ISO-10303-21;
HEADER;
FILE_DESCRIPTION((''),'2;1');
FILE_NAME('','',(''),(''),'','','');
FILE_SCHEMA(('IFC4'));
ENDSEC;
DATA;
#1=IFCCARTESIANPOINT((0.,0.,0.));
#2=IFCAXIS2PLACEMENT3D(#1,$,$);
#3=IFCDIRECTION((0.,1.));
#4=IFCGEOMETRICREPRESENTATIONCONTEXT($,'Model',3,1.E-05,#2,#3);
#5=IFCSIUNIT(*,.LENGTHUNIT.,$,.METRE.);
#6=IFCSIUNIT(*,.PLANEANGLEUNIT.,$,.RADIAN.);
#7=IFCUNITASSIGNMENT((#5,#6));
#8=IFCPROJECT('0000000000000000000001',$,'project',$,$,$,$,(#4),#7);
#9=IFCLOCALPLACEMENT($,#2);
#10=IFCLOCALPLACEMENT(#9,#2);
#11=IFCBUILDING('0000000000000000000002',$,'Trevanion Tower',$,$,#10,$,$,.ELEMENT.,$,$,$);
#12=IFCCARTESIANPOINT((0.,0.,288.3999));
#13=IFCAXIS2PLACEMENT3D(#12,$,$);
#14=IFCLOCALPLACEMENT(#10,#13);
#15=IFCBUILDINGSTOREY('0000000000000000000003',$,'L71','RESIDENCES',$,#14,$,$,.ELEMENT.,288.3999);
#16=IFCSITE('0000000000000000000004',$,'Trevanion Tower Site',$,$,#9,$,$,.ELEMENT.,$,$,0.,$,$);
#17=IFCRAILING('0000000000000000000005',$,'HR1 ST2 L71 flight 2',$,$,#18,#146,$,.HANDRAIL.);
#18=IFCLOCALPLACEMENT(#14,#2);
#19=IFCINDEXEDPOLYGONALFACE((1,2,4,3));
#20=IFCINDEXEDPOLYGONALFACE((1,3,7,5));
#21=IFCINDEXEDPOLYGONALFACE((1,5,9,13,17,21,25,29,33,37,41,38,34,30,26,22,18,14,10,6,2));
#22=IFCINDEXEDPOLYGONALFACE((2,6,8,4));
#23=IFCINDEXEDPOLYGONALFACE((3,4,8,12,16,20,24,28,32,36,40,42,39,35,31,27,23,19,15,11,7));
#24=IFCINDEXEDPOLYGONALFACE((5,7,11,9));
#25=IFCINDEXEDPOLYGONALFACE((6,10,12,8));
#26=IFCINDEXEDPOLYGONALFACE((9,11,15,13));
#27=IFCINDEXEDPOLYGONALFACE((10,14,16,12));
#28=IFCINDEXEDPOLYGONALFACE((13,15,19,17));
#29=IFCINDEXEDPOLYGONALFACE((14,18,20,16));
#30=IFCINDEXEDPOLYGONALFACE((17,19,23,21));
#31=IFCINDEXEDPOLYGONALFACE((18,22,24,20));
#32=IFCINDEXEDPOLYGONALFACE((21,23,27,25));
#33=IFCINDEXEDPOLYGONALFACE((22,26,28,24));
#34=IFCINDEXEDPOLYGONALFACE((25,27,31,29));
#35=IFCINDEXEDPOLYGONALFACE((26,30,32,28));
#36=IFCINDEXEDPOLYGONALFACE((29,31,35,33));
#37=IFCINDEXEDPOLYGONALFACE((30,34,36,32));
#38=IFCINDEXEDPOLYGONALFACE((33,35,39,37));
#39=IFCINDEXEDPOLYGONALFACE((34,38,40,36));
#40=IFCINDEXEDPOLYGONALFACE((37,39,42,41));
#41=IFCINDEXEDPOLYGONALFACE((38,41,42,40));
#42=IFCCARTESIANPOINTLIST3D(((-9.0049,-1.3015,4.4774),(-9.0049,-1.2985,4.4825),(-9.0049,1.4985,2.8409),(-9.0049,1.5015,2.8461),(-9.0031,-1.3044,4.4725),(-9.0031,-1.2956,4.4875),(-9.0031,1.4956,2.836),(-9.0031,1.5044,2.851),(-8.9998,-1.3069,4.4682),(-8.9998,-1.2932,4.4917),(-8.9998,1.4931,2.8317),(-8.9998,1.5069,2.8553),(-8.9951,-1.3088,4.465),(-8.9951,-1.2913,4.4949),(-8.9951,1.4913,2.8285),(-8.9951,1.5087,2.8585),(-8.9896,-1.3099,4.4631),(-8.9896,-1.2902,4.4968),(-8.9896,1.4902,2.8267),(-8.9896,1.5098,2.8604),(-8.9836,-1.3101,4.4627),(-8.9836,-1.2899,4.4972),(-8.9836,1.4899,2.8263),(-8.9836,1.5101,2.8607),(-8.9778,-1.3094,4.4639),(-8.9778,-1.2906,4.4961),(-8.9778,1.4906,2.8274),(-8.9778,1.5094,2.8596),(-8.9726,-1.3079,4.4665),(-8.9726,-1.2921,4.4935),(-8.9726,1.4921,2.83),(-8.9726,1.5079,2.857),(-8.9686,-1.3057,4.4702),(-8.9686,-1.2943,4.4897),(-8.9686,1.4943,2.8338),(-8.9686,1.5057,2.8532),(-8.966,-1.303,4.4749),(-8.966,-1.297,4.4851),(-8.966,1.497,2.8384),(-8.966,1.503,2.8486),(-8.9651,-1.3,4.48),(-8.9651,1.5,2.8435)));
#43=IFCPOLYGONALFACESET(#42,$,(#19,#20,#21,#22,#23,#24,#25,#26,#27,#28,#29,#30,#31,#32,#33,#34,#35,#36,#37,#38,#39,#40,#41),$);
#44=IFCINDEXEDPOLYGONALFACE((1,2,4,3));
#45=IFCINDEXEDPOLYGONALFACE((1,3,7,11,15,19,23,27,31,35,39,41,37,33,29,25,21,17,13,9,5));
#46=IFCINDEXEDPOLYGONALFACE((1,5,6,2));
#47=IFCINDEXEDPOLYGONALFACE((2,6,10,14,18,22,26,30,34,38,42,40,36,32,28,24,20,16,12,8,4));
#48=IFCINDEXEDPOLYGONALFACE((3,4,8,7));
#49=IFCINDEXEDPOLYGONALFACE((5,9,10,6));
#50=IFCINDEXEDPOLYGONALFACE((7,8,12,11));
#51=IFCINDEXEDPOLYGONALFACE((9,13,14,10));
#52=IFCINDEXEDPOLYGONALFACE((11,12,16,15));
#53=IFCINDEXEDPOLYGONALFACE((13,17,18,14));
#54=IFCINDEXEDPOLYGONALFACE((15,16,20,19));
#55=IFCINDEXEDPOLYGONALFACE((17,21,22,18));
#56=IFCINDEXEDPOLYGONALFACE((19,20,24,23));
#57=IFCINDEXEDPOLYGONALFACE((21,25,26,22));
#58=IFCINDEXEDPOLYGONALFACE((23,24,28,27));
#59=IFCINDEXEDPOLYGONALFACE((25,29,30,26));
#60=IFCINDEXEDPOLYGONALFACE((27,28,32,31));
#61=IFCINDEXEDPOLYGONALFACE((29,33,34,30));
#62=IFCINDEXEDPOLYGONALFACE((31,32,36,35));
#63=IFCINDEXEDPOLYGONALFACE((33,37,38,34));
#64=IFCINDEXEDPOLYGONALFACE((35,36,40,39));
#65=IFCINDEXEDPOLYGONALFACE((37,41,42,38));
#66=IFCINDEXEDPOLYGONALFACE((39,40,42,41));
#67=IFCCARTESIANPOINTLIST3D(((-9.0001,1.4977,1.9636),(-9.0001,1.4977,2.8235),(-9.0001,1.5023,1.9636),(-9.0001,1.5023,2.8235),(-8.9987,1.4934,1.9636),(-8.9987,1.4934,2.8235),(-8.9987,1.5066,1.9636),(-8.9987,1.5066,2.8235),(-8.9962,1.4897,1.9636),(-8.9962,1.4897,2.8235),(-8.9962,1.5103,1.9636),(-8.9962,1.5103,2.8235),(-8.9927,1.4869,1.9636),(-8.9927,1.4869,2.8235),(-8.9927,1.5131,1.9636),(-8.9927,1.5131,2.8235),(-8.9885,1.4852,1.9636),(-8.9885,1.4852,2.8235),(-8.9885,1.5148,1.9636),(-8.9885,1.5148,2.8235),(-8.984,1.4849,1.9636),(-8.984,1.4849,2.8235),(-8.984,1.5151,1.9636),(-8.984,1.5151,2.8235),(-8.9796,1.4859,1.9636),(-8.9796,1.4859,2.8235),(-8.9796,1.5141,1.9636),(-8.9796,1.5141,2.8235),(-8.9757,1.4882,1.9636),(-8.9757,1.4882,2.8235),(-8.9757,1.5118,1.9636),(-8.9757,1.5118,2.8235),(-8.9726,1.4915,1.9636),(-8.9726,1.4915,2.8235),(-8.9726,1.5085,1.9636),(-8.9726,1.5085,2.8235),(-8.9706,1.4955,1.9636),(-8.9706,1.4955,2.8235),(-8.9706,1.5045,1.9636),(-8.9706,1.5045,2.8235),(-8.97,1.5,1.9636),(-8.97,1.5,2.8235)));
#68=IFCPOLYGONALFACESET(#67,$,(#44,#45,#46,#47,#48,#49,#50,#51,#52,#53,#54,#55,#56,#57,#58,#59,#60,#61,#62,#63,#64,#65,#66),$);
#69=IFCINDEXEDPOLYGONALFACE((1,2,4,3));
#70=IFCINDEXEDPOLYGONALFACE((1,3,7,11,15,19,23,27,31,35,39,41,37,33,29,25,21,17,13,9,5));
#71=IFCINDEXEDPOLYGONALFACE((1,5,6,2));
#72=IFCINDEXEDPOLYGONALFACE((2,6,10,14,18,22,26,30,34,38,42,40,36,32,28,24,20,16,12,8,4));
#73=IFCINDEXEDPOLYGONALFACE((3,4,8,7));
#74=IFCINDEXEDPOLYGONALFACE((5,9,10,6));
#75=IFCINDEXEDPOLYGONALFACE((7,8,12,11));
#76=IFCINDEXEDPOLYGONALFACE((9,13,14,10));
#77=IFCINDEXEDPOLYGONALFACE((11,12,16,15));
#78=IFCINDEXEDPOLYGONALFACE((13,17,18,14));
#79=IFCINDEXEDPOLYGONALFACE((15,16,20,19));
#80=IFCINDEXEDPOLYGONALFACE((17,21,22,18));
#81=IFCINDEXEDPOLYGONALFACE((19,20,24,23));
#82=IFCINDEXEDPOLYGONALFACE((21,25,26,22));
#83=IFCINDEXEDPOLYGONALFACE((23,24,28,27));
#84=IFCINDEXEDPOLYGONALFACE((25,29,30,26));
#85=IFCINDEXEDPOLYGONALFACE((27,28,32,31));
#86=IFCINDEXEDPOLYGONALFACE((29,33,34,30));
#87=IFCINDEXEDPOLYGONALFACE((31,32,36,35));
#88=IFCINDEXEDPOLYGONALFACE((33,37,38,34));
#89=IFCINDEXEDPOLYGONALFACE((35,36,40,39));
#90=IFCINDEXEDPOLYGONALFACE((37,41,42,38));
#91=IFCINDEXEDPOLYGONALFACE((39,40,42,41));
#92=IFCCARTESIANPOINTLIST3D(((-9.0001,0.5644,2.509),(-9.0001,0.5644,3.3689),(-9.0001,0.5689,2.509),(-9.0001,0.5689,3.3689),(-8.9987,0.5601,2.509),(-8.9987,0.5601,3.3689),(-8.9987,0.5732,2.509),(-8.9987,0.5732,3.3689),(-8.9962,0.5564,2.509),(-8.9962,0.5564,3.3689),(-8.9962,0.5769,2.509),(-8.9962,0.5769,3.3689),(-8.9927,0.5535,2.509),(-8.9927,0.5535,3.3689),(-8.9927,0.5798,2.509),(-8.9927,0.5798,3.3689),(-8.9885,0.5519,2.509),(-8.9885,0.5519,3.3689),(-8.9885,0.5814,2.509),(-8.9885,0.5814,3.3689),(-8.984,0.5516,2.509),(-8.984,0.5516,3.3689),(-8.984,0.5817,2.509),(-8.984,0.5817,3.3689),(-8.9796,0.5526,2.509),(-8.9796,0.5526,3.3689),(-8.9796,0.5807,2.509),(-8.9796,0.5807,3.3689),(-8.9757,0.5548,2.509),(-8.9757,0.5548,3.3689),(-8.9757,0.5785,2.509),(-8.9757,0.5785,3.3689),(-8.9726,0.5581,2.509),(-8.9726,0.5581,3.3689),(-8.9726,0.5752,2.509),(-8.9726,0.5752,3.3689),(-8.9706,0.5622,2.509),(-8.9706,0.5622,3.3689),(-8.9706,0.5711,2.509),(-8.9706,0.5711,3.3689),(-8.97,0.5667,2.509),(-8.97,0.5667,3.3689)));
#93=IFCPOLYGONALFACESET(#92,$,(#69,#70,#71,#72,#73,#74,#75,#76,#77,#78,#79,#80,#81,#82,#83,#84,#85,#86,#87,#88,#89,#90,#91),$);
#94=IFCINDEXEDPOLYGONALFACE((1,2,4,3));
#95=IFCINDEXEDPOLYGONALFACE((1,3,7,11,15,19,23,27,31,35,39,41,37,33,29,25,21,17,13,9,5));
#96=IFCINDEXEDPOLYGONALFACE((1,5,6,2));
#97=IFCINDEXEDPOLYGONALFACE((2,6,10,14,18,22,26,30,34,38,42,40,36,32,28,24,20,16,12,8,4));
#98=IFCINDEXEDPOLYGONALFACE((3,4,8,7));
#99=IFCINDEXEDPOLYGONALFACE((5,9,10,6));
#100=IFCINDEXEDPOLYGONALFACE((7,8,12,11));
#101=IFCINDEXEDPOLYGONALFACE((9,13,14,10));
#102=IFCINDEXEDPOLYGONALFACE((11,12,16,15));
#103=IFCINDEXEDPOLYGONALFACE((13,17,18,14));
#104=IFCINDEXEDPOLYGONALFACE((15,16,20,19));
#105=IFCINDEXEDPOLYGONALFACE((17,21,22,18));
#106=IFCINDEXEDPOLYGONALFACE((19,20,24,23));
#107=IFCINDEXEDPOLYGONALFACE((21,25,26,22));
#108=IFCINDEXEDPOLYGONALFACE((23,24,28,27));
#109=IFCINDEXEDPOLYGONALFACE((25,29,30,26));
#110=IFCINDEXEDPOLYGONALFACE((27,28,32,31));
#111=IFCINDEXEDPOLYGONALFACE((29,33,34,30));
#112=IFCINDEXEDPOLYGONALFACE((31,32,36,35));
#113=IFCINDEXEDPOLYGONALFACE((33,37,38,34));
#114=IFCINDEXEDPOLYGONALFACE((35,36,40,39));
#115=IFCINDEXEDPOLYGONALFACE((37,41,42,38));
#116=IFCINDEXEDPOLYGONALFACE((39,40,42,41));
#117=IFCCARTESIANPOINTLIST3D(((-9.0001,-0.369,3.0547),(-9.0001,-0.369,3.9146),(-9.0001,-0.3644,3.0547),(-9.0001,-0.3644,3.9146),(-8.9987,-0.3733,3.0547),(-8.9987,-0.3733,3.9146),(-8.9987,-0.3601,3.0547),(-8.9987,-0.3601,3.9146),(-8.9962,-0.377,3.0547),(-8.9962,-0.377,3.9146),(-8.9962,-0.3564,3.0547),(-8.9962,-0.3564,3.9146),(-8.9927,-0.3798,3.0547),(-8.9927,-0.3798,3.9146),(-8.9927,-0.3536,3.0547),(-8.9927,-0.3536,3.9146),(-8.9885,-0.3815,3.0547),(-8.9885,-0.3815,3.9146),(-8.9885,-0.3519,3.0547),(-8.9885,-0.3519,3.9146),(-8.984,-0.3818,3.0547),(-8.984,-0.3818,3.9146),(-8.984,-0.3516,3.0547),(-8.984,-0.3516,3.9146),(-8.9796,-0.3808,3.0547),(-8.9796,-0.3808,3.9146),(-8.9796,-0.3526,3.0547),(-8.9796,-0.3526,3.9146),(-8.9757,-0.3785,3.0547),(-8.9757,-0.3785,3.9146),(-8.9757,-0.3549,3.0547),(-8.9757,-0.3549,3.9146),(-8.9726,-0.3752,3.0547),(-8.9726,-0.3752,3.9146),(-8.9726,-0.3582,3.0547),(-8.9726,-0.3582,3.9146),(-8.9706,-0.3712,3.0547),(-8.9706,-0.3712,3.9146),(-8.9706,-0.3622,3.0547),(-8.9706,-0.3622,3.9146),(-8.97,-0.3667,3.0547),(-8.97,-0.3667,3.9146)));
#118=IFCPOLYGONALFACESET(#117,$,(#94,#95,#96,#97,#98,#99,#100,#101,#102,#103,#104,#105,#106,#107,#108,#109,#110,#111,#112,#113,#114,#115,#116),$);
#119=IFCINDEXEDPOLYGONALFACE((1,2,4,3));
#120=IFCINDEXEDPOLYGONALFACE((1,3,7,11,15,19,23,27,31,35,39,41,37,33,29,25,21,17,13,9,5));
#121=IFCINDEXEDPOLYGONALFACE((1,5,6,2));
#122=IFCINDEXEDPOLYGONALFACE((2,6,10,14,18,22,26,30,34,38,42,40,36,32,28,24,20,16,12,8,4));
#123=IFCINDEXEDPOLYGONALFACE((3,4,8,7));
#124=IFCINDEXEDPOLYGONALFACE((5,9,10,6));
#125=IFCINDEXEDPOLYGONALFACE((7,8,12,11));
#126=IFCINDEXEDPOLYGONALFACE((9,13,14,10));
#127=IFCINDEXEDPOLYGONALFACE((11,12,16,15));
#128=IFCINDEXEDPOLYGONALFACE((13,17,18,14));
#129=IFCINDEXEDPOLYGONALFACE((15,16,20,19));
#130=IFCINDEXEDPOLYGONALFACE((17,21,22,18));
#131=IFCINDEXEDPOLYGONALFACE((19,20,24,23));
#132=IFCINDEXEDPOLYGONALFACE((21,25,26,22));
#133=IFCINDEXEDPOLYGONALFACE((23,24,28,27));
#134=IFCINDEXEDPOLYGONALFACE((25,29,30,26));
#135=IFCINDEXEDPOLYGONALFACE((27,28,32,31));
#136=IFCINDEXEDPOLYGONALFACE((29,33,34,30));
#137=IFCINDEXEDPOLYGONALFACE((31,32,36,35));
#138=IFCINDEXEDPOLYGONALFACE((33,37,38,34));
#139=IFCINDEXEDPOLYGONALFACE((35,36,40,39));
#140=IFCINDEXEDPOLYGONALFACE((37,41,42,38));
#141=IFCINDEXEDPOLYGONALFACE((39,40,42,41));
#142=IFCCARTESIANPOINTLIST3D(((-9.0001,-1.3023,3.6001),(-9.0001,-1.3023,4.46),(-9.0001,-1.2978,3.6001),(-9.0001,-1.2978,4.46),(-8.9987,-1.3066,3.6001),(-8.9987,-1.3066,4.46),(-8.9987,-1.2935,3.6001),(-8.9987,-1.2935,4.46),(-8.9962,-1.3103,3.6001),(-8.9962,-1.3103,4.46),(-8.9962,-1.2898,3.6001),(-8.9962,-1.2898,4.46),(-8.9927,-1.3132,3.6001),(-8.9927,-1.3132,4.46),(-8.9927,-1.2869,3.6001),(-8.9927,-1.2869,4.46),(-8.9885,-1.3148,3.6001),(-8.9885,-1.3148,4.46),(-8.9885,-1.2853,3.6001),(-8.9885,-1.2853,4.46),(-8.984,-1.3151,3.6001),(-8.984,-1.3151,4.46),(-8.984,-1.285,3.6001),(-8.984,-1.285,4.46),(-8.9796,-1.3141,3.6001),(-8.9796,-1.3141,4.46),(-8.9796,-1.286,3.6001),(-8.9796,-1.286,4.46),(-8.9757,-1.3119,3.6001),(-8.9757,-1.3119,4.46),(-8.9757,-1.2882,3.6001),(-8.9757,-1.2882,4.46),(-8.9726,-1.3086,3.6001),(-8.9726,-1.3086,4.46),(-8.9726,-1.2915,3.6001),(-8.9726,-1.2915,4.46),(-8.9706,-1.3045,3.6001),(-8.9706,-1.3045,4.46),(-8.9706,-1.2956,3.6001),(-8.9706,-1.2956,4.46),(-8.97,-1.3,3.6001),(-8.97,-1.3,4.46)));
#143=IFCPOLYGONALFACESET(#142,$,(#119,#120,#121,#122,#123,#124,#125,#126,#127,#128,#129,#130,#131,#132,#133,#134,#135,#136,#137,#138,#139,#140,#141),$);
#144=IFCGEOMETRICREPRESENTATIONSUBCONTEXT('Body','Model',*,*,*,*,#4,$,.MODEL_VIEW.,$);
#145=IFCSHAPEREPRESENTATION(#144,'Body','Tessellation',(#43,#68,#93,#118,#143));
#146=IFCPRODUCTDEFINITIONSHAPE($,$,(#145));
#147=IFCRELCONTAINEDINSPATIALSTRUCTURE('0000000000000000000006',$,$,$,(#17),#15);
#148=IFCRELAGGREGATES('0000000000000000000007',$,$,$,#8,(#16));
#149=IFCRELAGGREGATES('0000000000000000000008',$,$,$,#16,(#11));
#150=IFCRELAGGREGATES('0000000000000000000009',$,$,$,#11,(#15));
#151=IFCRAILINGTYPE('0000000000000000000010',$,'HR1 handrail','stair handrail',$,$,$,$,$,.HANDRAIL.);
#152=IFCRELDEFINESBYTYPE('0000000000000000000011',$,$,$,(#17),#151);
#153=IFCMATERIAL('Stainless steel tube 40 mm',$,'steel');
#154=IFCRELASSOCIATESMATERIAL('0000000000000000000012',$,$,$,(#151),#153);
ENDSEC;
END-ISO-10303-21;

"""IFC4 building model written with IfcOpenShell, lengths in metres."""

from ifc_helpers import new_model, si_unit, direction, frame, origin, origin_2d, place, context, subcontext, project, spatial, circle, extrude, material, type_object, element, save


model = new_model("IFC4")

# Units and contexts
model_context = context("Model", 3, precision=1e-05, world=origin(), true_north=direction((0.0, 1.0)))
body_context = subcontext(model_context, "Body", "Model", "MODEL_VIEW")
ifc_project = project(units=[si_unit("LENGTHUNIT", "METRE"), si_unit("PLANEANGLEUNIT", "RADIAN")], contexts=[model_context])

# Site, building, storey
site_placement = place(None, origin())
site = spatial("IfcSite", under=ifc_project, at=site_placement, Name="Trevanion Tower Site", CompositionType="ELEMENT", RefElevation=0.0)
building_placement = place(site_placement, origin())
building = spatial("IfcBuilding", under=site, at=building_placement, Name="Trevanion Tower", CompositionType="ELEMENT")
storey_placement = place(building_placement, frame((0.0, 0.0, 288.3999)))
storey = spatial("IfcBuildingStorey", under=building, at=storey_placement, Name="L71", Description="RESIDENCES", CompositionType="ELEMENT", Elevation=288.3999)

# Railing
ifc_material_1 = material(Name="Stainless steel tube 40 mm", Category="steel")
railing_type = type_object("IfcRailingType", Name="HR1 handrail", Description="stair handrail", PredefinedType="HANDRAIL", material=ifc_material_1)
for number, where, name in (
    (1, (-8.9851, 1.5, 1.9636), "HR1 ST2 L71 flight 2"),
):
    element("IfcRailing", number, at=place(storey_placement, frame(where)), inside=storey, type_object=railing_type, Name=name, PredefinedType="HANDRAIL", context=body_context, shape_type="SweptSolid", body=[
        extrude(circle(Radius=0.02, at=origin_2d()), frame((0.0, 0.0, 0.8799), z_axis=(0.0, -0.863361, 0.504587), x_axis=(1.0, 0.0, 0.0)), (0.0, 0.0, 1.0), 3.2432),
        extrude(circle(Radius=0.0151, at=origin_2d()), origin(), (0.0, 0.0, 1.0), 0.8599),
        extrude(circle(Radius=0.0151, at=origin_2d()), frame((0.0, -0.9333, 0.5454)), (0.0, 0.0, 1.0), 0.8599),
        extrude(circle(Radius=0.0151, at=origin_2d()), frame((0.0, -1.8667, 1.0911)), (0.0, 0.0, 1.0), 0.8599),
        extrude(circle(Radius=0.0151, at=origin_2d()), frame((0.0, -2.8, 1.6365)), (0.0, 0.0, 1.0), 0.8599),
    ])

save(model, "model.ifc")
